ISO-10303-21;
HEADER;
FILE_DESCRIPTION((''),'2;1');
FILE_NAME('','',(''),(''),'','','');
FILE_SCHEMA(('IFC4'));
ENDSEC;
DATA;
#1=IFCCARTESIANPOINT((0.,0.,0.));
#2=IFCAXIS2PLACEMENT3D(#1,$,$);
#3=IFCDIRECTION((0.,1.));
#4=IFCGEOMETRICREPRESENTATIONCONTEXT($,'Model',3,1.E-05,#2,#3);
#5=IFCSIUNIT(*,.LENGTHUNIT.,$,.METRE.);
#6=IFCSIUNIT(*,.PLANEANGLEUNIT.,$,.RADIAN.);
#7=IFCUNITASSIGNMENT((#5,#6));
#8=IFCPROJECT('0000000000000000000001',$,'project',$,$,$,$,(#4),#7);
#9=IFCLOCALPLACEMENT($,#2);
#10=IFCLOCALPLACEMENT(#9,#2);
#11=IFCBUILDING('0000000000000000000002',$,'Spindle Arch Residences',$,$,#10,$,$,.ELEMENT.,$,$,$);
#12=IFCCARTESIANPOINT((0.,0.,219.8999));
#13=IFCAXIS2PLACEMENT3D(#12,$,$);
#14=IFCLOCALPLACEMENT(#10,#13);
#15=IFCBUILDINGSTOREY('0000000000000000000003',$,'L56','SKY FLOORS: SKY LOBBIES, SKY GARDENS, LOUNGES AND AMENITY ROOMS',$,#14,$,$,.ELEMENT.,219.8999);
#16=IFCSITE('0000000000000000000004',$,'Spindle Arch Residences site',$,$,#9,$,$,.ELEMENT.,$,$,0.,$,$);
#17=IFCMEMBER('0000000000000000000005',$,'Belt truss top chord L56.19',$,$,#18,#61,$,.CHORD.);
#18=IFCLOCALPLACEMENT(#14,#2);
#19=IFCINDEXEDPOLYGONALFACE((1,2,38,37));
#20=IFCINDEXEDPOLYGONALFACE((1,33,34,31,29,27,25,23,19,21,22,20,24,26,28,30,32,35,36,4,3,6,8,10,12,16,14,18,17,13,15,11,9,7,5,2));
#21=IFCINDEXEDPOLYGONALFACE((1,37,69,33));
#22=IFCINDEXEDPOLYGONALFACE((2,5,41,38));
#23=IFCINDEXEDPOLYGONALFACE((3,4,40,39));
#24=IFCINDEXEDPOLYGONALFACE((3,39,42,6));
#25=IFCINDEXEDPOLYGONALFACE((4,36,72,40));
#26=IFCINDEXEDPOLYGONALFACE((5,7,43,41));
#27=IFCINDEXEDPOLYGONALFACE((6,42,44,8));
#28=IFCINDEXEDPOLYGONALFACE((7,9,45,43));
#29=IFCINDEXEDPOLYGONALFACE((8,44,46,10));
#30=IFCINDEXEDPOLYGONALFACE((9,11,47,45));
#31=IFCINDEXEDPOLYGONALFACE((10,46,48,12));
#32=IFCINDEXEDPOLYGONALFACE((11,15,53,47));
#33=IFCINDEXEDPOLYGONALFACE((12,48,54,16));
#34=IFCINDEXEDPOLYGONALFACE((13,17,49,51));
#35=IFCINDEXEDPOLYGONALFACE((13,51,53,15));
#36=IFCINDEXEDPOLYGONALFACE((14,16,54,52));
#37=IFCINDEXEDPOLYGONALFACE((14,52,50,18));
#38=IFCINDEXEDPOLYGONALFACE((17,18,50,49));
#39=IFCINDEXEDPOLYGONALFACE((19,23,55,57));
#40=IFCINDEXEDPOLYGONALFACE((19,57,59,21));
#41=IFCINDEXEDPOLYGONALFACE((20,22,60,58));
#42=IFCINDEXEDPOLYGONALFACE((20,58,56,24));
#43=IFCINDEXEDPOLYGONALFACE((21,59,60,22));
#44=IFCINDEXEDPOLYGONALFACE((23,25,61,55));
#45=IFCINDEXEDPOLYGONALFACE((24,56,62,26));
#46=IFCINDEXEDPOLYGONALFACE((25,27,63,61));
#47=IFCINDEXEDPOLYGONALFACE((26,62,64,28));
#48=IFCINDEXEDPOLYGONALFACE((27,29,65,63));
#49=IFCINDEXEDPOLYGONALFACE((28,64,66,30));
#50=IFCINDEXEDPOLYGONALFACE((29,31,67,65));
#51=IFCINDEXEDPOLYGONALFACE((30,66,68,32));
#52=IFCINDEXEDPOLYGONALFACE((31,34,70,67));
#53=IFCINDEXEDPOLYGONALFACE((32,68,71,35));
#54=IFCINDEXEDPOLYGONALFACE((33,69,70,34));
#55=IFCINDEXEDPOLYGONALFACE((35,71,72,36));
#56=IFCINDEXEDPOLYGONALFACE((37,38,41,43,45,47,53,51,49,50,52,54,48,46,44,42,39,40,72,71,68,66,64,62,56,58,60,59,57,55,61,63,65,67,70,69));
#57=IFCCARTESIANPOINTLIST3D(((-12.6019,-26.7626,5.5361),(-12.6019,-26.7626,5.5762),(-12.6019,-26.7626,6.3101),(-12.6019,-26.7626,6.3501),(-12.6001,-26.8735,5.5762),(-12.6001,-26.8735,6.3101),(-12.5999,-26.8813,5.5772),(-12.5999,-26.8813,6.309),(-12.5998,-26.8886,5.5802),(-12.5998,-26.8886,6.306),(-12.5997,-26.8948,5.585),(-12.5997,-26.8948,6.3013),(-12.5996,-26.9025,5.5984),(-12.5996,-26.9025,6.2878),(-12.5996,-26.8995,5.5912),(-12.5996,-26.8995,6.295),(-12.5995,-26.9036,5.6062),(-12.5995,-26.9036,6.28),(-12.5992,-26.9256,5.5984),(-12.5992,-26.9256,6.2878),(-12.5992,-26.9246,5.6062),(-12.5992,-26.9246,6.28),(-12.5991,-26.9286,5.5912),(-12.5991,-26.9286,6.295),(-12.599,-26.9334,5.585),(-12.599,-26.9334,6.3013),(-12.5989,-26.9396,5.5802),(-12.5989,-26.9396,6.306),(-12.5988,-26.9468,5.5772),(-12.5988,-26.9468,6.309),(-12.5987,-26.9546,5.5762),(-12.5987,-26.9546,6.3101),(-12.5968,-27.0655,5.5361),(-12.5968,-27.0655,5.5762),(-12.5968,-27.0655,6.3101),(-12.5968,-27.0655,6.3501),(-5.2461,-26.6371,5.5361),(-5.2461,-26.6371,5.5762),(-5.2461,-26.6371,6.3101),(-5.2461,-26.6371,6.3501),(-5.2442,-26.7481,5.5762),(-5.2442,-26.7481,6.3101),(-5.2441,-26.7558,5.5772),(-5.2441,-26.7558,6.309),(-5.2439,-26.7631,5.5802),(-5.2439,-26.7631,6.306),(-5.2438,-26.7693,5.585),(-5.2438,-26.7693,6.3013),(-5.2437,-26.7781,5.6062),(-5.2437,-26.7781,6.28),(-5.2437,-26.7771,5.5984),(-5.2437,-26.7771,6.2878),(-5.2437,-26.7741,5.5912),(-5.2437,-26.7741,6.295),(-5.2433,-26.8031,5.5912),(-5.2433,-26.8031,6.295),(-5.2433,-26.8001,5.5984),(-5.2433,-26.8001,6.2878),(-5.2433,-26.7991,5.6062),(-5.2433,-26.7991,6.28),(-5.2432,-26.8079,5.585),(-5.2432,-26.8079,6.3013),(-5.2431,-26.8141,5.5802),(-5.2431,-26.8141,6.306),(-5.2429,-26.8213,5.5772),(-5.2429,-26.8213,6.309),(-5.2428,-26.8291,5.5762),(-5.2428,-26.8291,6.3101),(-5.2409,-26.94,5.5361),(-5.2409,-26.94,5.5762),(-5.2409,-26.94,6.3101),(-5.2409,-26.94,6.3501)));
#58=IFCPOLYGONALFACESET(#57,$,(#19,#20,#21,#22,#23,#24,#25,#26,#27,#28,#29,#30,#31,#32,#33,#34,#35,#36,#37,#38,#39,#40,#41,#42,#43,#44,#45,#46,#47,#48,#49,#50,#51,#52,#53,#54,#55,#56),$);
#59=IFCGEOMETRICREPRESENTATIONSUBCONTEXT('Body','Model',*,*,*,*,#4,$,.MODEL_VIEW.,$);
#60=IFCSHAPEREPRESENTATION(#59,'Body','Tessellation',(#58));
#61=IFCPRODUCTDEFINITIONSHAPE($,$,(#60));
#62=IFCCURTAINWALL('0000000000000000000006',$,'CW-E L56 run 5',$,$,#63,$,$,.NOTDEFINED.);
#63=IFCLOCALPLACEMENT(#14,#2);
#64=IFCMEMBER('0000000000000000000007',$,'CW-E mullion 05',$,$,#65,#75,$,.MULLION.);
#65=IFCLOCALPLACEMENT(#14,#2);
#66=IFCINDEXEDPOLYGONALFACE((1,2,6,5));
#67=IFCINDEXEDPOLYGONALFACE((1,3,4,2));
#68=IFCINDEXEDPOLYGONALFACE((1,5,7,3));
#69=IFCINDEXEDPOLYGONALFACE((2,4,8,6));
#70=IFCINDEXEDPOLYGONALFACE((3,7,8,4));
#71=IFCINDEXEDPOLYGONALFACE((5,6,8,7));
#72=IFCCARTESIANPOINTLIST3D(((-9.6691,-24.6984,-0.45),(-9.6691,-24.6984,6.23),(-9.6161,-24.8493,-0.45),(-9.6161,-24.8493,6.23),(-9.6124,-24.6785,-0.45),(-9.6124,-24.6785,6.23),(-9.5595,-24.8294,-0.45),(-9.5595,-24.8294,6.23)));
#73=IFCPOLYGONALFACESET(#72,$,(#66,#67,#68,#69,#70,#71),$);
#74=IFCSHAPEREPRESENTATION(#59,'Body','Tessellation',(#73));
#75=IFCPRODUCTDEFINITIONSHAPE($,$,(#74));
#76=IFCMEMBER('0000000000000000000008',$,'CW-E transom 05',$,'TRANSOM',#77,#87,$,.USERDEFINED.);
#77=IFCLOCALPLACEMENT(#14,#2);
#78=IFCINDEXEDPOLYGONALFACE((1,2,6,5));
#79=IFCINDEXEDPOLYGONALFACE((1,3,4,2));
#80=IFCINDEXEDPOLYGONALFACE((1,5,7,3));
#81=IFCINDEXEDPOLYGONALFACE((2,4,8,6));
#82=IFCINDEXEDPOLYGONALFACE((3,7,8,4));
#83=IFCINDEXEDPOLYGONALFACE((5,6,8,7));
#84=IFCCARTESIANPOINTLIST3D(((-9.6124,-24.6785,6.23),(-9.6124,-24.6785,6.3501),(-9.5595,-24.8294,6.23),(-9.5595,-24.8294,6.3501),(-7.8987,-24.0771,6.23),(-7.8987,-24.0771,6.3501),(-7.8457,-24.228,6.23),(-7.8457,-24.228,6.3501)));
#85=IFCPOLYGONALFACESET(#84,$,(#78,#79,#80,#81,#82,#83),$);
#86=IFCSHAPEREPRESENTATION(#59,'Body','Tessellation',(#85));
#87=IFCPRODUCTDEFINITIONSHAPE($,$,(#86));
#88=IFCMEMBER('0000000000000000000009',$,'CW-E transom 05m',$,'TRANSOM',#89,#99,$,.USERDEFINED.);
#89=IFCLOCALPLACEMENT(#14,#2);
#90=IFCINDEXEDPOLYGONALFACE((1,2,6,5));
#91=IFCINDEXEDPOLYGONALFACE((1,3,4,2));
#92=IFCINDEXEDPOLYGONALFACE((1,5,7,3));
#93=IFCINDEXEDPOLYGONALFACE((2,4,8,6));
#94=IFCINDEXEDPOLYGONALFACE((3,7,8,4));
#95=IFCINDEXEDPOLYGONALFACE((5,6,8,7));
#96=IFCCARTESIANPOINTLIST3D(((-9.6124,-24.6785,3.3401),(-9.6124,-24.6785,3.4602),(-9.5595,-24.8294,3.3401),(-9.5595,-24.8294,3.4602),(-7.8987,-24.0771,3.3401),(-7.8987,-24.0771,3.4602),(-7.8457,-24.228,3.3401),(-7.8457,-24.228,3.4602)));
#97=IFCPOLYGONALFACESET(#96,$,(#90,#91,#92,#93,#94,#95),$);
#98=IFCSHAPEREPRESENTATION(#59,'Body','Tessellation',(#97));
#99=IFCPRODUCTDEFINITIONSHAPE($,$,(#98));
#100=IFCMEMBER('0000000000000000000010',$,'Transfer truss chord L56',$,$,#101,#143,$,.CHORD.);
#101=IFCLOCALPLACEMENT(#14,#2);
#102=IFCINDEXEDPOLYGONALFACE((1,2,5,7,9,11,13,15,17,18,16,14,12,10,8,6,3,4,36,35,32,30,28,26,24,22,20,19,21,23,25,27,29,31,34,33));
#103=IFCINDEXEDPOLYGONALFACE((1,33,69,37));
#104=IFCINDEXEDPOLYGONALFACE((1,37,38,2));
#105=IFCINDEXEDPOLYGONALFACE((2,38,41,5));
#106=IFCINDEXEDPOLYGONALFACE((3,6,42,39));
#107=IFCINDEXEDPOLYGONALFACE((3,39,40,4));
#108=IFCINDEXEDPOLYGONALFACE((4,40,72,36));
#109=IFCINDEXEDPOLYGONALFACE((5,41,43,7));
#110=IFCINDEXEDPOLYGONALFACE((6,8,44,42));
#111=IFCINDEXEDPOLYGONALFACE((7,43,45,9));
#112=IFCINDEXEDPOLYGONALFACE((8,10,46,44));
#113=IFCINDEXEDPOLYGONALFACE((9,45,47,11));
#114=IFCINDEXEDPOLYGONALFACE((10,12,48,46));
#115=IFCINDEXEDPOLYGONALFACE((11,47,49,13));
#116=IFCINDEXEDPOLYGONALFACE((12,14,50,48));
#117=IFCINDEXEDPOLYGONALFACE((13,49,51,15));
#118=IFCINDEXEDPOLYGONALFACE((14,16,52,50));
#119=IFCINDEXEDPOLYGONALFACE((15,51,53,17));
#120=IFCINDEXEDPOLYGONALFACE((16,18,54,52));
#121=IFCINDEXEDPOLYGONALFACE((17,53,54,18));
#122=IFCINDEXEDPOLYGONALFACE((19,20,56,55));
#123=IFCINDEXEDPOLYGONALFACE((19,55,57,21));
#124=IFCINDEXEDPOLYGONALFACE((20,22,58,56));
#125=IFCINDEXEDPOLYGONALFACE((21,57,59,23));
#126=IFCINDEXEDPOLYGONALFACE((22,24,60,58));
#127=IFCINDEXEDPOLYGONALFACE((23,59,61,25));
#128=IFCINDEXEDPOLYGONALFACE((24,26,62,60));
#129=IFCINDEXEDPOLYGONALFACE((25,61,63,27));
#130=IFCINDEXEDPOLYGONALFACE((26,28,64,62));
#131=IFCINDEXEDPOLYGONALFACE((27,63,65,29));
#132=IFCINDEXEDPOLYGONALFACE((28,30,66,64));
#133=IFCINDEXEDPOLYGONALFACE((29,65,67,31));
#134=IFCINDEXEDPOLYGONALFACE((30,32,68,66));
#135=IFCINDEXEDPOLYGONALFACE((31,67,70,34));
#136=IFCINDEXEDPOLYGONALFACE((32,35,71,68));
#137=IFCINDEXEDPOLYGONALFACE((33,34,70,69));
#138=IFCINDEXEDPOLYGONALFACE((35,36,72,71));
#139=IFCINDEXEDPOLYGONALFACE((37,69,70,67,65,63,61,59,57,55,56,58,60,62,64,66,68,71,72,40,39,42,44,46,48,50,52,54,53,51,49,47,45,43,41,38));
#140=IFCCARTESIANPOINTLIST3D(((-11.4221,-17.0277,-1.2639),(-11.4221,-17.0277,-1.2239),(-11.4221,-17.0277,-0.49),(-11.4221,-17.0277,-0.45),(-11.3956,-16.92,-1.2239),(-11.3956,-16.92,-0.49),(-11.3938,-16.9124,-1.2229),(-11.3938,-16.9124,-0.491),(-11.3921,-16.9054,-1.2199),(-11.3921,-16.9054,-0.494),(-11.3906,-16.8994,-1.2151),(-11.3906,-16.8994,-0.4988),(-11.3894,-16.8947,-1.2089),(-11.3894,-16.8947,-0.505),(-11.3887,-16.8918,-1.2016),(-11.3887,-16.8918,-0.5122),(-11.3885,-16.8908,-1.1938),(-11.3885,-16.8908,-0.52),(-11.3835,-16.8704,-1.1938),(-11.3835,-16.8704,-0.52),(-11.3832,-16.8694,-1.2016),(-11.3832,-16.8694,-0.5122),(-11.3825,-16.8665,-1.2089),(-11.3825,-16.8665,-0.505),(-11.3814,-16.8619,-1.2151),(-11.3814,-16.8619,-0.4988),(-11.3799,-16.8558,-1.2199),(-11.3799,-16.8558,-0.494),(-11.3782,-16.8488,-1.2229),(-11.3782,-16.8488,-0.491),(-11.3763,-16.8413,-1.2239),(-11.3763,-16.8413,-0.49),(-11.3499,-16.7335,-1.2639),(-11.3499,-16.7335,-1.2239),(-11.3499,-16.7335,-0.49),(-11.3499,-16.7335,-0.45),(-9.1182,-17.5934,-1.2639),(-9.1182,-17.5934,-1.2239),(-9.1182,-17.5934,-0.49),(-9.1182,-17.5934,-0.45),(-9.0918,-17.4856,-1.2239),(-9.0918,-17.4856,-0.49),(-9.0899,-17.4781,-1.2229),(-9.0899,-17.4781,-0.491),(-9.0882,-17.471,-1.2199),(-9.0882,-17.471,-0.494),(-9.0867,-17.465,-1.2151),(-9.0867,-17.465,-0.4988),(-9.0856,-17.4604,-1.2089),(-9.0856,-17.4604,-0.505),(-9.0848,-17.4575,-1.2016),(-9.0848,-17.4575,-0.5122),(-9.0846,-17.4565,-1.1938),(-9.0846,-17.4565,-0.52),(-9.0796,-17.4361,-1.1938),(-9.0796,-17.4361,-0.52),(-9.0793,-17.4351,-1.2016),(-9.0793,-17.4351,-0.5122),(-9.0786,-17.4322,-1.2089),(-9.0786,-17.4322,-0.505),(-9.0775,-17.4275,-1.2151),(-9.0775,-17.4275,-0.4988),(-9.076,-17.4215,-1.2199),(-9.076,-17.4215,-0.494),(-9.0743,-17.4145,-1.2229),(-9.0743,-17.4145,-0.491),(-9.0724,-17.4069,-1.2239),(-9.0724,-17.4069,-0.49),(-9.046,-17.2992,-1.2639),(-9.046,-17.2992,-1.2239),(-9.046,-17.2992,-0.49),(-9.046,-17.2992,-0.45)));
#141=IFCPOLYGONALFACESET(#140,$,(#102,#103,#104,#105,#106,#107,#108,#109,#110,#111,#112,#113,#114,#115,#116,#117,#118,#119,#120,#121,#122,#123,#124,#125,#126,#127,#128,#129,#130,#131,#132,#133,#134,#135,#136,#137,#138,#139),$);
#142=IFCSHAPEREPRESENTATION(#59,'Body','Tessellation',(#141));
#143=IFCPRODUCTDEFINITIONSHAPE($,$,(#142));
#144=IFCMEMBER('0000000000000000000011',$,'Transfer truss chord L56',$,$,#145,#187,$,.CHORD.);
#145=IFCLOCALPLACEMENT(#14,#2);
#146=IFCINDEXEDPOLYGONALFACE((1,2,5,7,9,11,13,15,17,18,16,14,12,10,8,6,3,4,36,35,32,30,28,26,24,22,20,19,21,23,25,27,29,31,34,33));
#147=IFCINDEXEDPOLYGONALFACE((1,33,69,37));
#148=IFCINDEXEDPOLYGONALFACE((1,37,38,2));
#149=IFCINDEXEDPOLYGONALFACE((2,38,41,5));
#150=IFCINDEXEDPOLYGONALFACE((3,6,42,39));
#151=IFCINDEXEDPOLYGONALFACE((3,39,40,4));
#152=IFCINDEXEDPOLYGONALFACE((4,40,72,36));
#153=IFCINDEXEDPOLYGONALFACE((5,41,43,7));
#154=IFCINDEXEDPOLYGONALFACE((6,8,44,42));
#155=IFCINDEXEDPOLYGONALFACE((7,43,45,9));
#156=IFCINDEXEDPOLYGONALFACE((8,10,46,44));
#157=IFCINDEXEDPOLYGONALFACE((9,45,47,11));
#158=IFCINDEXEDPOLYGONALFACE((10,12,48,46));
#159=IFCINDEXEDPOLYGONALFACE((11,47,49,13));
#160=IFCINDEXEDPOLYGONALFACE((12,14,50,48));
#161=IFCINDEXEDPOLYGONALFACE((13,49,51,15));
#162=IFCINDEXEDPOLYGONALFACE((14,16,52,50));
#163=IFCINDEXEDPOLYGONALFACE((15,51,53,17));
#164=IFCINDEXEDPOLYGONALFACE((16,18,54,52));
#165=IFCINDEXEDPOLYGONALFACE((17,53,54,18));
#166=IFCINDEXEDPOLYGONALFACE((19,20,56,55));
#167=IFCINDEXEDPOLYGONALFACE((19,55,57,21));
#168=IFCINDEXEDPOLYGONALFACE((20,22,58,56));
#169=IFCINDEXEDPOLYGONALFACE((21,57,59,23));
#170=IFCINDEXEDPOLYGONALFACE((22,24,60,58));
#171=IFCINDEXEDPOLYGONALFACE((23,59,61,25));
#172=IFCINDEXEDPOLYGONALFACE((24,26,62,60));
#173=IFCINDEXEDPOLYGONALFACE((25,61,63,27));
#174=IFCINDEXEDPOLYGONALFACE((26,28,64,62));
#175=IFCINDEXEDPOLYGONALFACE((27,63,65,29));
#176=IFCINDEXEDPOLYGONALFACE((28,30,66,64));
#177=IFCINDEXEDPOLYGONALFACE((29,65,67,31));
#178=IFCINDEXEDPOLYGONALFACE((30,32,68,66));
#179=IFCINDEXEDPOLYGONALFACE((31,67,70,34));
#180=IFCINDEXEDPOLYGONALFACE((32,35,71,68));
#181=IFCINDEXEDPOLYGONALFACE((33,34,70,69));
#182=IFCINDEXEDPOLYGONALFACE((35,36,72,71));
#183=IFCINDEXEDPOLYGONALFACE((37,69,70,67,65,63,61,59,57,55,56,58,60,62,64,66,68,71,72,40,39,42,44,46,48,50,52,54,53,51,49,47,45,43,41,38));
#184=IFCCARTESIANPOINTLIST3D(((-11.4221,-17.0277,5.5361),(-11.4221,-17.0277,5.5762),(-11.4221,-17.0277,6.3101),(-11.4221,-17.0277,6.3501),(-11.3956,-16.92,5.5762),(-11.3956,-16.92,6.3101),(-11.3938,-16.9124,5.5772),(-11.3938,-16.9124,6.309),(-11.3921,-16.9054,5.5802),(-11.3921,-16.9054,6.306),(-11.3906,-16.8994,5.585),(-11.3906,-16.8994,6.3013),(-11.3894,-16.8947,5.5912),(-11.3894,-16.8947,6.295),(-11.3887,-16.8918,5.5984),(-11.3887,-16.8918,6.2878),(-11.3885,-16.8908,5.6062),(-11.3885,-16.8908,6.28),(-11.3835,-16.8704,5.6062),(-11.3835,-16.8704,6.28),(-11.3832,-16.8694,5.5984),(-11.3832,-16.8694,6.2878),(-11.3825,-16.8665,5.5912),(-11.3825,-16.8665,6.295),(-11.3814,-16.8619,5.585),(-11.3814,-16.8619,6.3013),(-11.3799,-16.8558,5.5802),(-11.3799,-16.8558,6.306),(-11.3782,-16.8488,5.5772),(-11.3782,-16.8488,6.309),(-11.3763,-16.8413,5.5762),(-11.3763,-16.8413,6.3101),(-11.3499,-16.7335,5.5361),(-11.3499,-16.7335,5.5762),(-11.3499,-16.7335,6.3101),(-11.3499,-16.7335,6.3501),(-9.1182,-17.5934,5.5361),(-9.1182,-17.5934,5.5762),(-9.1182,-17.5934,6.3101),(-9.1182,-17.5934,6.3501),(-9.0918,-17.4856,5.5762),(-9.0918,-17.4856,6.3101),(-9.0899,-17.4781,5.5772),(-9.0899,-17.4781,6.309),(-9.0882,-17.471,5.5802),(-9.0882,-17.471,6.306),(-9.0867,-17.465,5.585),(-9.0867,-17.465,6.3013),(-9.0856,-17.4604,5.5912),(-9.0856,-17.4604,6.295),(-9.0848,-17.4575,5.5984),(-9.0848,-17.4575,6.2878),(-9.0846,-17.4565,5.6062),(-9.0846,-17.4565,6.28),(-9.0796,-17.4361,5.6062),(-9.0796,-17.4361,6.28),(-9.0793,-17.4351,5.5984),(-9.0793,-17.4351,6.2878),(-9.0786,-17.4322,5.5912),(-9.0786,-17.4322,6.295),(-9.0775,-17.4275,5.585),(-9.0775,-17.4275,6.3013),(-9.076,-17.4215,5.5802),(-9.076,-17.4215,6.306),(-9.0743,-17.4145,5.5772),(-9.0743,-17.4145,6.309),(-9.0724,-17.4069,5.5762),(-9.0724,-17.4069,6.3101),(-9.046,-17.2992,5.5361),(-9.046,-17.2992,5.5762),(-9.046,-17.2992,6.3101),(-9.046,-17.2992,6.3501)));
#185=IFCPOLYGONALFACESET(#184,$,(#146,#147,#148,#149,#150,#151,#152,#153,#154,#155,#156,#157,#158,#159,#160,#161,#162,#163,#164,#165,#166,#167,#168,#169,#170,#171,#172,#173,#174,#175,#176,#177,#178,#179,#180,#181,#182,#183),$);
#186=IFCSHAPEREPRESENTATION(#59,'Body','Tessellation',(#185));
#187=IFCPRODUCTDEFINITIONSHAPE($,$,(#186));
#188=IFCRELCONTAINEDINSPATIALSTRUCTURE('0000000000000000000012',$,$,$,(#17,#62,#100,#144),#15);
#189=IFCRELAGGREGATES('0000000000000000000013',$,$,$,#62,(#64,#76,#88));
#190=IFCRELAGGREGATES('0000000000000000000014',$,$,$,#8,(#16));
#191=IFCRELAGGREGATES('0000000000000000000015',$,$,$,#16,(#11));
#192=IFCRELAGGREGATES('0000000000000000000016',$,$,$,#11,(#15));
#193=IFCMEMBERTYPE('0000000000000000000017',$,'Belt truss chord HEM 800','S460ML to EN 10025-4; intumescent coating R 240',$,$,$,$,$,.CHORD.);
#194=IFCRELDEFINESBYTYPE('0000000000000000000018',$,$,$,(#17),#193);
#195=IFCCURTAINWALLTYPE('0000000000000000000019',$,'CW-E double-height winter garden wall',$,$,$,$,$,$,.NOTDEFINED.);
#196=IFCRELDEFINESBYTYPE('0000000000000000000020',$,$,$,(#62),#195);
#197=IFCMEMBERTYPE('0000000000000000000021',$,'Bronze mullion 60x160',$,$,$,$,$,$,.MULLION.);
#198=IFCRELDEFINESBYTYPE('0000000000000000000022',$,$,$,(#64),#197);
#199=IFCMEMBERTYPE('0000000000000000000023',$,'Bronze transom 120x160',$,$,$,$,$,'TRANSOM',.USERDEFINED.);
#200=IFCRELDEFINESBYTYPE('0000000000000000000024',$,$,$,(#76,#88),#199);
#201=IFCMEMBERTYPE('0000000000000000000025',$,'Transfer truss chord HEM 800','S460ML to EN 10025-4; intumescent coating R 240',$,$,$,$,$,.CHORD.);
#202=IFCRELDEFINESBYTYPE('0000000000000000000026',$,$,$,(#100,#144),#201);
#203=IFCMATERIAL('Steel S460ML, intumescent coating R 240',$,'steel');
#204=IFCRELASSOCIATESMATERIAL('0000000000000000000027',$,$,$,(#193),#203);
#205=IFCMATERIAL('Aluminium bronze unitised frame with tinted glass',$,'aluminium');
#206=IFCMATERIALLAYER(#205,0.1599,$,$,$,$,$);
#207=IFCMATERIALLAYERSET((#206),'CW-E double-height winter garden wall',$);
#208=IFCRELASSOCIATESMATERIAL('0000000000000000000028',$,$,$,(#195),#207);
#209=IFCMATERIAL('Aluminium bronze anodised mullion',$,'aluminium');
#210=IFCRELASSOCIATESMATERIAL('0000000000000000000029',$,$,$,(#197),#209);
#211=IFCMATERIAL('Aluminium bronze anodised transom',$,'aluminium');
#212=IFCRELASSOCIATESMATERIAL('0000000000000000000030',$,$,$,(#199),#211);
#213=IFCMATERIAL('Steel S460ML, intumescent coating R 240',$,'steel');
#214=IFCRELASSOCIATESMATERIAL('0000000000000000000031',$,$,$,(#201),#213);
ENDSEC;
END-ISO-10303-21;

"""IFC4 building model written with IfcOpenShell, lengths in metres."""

from ifc_helpers import new_model, si_unit, direction, frame, origin, origin_2d, place, context, subcontext, project, spatial, rectangle, i_section, extrude, material, layer, layer_set, material_profile, profile_set, type_object, element, aggregate, save


model = new_model("IFC4")

# Units and contexts
model_context = context("Model", 3, precision=1e-05, world=origin(), true_north=direction((0.0, 1.0)))
body_context = subcontext(model_context, "Body", "Model", "MODEL_VIEW")
ifc_project = project(units=[si_unit("LENGTHUNIT", "METRE"), si_unit("PLANEANGLEUNIT", "RADIAN")], contexts=[model_context])

# Site, building, storey
site_placement = place(None, origin())
site = spatial("IfcSite", under=ifc_project, at=site_placement, Name="Spindle Arch Residences site", CompositionType="ELEMENT", RefElevation=0.0)
building_placement = place(site_placement, origin())
building = spatial("IfcBuilding", under=site, at=building_placement, Name="Spindle Arch Residences", CompositionType="ELEMENT")
storey_placement = place(building_placement, frame((0.0, 0.0, 219.8999)))
storey = spatial("IfcBuildingStorey", under=building, at=storey_placement, Name="L56", Description="SKY FLOORS: SKY LOBBIES, SKY GARDENS, LOUNGES AND AMENITY ROOMS", CompositionType="ELEMENT", Elevation=219.8999)

# Member
ifc_material_1 = material(Name="Steel S460ML, intumescent coating R 240", Category="steel")
ifc_material_profile_1 = material_profile(ifc_material_1, i_section(OverallWidth=0.303, OverallDepth=0.814, WebThickness=0.021, FlangeThickness=0.04, FilletRadius=0.03, at=origin_2d()), Name="HEM 800")
ifc_profile_set_1 = profile_set([ifc_material_profile_1], Name="Steel S460ML, intumescent coating R 240")
member_type_1 = type_object("IfcMemberType", Name="Belt truss chord HEM 800", Description="S460ML to EN 10025-4; intumescent coating R 240", PredefinedType="CHORD", material=ifc_profile_set_1)
member_1_placement = place(storey_placement, frame((-12.5994, -26.9141, 5.9431), z_axis=(0.999855, 0.017057, 0.0), x_axis=(-0.017057, 0.999855, 0.0)))
element("IfcMember", 1, at=member_1_placement, inside=storey, type_object=member_type_1, Name="Belt truss top chord L56.19", PredefinedType="CHORD", context=body_context, shape_type="SweptSolid", body=[
    extrude(i_section(OverallWidth=0.303, OverallDepth=0.814, WebThickness=0.021, FlangeThickness=0.04, FilletRadius=0.03, at=origin_2d()), origin(), (0.0, 0.0, 1.0), 7.3569),
])

# Curtain wall, members
ifc_material_2 = material(Name="Aluminium bronze unitised frame with tinted glass", Category="aluminium")
ifc_layer_1 = layer(ifc_material_2, 0.1599)
ifc_layer_set_1 = layer_set([ifc_layer_1], Name="CW-E double-height winter garden wall")
curtain_wall_type = type_object("IfcCurtainWallType", Name="CW-E double-height winter garden wall", PredefinedType="NOTDEFINED", material=ifc_layer_set_1)
curtain_wall_placement = place(storey_placement, origin())
curtain_wall = element("IfcCurtainWall", 2, at=curtain_wall_placement, inside=storey, type_object=curtain_wall_type, Name="CW-E L56 run 5", PredefinedType="NOTDEFINED")
ifc_material_3 = material(Name="Aluminium bronze anodised mullion", Category="aluminium")
ifc_material_profile_2 = material_profile(ifc_material_3, rectangle(XDim=0.1599, YDim=0.0601, at=origin_2d()), Name="MU 60x160")
ifc_profile_set_2 = profile_set([ifc_material_profile_2], Name="Aluminium bronze anodised mullion")
member_type_2 = type_object("IfcMemberType", Name="Bronze mullion 60x160", PredefinedType="MULLION", material=ifc_profile_set_2)
member_2_placement = place(storey_placement, frame((-9.6143, -24.7639, -0.45), z_axis=(0.0, 0.0, 1.0), x_axis=(-0.331063, 0.943609, 0.0)))
member_2 = element("IfcMember", 3, at=member_2_placement, type_object=member_type_2, Name="CW-E mullion 05", PredefinedType="MULLION", context=body_context, shape_type="SweptSolid", body=[
    extrude(rectangle(XDim=0.1599, YDim=0.0601, at=origin_2d()), origin(), (0.0, 0.0, 1.0), 6.6799),
])
ifc_material_4 = material(Name="Aluminium bronze anodised transom", Category="aluminium")
ifc_material_profile_3 = material_profile(ifc_material_4, rectangle(XDim=0.1599, YDim=0.1201, at=origin_2d()), Name="TR 120x160")
ifc_profile_set_3 = profile_set([ifc_material_profile_3], Name="Aluminium bronze anodised transom")
member_type_3 = type_object("IfcMemberType", Name="Bronze transom 120x160", ElementType="TRANSOM", PredefinedType="USERDEFINED", material=ifc_profile_set_3)
member_3_placement = place(storey_placement, frame((-9.5859, -24.7539, 6.29), z_axis=(0.943592, 0.331111, 0.0), x_axis=(-0.331111, 0.943592, 0.0)))
member_3 = element("IfcMember", 4, at=member_3_placement, type_object=member_type_3, Name="CW-E transom 05", ObjectType="TRANSOM", PredefinedType="USERDEFINED", context=body_context, shape_type="SweptSolid", body=[
    extrude(rectangle(XDim=0.1599, YDim=0.1201, at=origin_2d()), origin(), (0.0, 0.0, 1.0), 1.8162),
])
member_4_placement = place(storey_placement, frame((-9.5859, -24.7539, 3.4001), z_axis=(0.943592, 0.331111, 0.0), x_axis=(-0.331111, 0.943592, 0.0)))
member_4 = element("IfcMember", 5, at=member_4_placement, type_object=member_type_3, Name="CW-E transom 05m", ObjectType="TRANSOM", PredefinedType="USERDEFINED", context=body_context, shape_type="SweptSolid", body=[
    extrude(rectangle(XDim=0.1599, YDim=0.1201, at=origin_2d()), origin(), (0.0, 0.0, 1.0), 1.8162),
])

# Members
ifc_material_5 = material(Name="Steel S460ML, intumescent coating R 240", Category="steel")
ifc_material_profile_4 = material_profile(ifc_material_5, i_section(OverallWidth=0.303, OverallDepth=0.814, WebThickness=0.021, FlangeThickness=0.04, FilletRadius=0.03, at=origin_2d()), Name="HEM 800")
ifc_profile_set_4 = profile_set([ifc_material_profile_4], Name="Steel S460ML, intumescent coating R 240")
member_type_4 = type_object("IfcMemberType", Name="Transfer truss chord HEM 800", Description="S460ML to EN 10025-4; intumescent coating R 240", PredefinedType="CHORD", material=ifc_profile_set_4)
for number, where, z_axis, x_axis, name in (
    (6, (-11.386, -16.8806, -0.8569), (0.971157, -0.238441, 0.0), (0.238441, 0.971157, 0.0), "Transfer truss chord L56"),
    (7, (-11.386, -16.8806, 5.9431), (0.971157, -0.238441, 0.0), (0.238441, 0.971157, 0.0), "Transfer truss chord L56"),
):
    element("IfcMember", number, at=place(storey_placement, frame(where, z_axis=z_axis, x_axis=x_axis)), inside=storey, type_object=member_type_4, Name=name, PredefinedType="CHORD", context=body_context, shape_type="SweptSolid", body=[
        extrude(i_section(OverallWidth=0.303, OverallDepth=0.814, WebThickness=0.021, FlangeThickness=0.04, FilletRadius=0.03, at=origin_2d()), origin(), (0.0, 0.0, 1.0), 2.3723),
    ])

aggregate(curtain_wall, [member_2, member_3, member_4])

save(model, "model.ifc")
